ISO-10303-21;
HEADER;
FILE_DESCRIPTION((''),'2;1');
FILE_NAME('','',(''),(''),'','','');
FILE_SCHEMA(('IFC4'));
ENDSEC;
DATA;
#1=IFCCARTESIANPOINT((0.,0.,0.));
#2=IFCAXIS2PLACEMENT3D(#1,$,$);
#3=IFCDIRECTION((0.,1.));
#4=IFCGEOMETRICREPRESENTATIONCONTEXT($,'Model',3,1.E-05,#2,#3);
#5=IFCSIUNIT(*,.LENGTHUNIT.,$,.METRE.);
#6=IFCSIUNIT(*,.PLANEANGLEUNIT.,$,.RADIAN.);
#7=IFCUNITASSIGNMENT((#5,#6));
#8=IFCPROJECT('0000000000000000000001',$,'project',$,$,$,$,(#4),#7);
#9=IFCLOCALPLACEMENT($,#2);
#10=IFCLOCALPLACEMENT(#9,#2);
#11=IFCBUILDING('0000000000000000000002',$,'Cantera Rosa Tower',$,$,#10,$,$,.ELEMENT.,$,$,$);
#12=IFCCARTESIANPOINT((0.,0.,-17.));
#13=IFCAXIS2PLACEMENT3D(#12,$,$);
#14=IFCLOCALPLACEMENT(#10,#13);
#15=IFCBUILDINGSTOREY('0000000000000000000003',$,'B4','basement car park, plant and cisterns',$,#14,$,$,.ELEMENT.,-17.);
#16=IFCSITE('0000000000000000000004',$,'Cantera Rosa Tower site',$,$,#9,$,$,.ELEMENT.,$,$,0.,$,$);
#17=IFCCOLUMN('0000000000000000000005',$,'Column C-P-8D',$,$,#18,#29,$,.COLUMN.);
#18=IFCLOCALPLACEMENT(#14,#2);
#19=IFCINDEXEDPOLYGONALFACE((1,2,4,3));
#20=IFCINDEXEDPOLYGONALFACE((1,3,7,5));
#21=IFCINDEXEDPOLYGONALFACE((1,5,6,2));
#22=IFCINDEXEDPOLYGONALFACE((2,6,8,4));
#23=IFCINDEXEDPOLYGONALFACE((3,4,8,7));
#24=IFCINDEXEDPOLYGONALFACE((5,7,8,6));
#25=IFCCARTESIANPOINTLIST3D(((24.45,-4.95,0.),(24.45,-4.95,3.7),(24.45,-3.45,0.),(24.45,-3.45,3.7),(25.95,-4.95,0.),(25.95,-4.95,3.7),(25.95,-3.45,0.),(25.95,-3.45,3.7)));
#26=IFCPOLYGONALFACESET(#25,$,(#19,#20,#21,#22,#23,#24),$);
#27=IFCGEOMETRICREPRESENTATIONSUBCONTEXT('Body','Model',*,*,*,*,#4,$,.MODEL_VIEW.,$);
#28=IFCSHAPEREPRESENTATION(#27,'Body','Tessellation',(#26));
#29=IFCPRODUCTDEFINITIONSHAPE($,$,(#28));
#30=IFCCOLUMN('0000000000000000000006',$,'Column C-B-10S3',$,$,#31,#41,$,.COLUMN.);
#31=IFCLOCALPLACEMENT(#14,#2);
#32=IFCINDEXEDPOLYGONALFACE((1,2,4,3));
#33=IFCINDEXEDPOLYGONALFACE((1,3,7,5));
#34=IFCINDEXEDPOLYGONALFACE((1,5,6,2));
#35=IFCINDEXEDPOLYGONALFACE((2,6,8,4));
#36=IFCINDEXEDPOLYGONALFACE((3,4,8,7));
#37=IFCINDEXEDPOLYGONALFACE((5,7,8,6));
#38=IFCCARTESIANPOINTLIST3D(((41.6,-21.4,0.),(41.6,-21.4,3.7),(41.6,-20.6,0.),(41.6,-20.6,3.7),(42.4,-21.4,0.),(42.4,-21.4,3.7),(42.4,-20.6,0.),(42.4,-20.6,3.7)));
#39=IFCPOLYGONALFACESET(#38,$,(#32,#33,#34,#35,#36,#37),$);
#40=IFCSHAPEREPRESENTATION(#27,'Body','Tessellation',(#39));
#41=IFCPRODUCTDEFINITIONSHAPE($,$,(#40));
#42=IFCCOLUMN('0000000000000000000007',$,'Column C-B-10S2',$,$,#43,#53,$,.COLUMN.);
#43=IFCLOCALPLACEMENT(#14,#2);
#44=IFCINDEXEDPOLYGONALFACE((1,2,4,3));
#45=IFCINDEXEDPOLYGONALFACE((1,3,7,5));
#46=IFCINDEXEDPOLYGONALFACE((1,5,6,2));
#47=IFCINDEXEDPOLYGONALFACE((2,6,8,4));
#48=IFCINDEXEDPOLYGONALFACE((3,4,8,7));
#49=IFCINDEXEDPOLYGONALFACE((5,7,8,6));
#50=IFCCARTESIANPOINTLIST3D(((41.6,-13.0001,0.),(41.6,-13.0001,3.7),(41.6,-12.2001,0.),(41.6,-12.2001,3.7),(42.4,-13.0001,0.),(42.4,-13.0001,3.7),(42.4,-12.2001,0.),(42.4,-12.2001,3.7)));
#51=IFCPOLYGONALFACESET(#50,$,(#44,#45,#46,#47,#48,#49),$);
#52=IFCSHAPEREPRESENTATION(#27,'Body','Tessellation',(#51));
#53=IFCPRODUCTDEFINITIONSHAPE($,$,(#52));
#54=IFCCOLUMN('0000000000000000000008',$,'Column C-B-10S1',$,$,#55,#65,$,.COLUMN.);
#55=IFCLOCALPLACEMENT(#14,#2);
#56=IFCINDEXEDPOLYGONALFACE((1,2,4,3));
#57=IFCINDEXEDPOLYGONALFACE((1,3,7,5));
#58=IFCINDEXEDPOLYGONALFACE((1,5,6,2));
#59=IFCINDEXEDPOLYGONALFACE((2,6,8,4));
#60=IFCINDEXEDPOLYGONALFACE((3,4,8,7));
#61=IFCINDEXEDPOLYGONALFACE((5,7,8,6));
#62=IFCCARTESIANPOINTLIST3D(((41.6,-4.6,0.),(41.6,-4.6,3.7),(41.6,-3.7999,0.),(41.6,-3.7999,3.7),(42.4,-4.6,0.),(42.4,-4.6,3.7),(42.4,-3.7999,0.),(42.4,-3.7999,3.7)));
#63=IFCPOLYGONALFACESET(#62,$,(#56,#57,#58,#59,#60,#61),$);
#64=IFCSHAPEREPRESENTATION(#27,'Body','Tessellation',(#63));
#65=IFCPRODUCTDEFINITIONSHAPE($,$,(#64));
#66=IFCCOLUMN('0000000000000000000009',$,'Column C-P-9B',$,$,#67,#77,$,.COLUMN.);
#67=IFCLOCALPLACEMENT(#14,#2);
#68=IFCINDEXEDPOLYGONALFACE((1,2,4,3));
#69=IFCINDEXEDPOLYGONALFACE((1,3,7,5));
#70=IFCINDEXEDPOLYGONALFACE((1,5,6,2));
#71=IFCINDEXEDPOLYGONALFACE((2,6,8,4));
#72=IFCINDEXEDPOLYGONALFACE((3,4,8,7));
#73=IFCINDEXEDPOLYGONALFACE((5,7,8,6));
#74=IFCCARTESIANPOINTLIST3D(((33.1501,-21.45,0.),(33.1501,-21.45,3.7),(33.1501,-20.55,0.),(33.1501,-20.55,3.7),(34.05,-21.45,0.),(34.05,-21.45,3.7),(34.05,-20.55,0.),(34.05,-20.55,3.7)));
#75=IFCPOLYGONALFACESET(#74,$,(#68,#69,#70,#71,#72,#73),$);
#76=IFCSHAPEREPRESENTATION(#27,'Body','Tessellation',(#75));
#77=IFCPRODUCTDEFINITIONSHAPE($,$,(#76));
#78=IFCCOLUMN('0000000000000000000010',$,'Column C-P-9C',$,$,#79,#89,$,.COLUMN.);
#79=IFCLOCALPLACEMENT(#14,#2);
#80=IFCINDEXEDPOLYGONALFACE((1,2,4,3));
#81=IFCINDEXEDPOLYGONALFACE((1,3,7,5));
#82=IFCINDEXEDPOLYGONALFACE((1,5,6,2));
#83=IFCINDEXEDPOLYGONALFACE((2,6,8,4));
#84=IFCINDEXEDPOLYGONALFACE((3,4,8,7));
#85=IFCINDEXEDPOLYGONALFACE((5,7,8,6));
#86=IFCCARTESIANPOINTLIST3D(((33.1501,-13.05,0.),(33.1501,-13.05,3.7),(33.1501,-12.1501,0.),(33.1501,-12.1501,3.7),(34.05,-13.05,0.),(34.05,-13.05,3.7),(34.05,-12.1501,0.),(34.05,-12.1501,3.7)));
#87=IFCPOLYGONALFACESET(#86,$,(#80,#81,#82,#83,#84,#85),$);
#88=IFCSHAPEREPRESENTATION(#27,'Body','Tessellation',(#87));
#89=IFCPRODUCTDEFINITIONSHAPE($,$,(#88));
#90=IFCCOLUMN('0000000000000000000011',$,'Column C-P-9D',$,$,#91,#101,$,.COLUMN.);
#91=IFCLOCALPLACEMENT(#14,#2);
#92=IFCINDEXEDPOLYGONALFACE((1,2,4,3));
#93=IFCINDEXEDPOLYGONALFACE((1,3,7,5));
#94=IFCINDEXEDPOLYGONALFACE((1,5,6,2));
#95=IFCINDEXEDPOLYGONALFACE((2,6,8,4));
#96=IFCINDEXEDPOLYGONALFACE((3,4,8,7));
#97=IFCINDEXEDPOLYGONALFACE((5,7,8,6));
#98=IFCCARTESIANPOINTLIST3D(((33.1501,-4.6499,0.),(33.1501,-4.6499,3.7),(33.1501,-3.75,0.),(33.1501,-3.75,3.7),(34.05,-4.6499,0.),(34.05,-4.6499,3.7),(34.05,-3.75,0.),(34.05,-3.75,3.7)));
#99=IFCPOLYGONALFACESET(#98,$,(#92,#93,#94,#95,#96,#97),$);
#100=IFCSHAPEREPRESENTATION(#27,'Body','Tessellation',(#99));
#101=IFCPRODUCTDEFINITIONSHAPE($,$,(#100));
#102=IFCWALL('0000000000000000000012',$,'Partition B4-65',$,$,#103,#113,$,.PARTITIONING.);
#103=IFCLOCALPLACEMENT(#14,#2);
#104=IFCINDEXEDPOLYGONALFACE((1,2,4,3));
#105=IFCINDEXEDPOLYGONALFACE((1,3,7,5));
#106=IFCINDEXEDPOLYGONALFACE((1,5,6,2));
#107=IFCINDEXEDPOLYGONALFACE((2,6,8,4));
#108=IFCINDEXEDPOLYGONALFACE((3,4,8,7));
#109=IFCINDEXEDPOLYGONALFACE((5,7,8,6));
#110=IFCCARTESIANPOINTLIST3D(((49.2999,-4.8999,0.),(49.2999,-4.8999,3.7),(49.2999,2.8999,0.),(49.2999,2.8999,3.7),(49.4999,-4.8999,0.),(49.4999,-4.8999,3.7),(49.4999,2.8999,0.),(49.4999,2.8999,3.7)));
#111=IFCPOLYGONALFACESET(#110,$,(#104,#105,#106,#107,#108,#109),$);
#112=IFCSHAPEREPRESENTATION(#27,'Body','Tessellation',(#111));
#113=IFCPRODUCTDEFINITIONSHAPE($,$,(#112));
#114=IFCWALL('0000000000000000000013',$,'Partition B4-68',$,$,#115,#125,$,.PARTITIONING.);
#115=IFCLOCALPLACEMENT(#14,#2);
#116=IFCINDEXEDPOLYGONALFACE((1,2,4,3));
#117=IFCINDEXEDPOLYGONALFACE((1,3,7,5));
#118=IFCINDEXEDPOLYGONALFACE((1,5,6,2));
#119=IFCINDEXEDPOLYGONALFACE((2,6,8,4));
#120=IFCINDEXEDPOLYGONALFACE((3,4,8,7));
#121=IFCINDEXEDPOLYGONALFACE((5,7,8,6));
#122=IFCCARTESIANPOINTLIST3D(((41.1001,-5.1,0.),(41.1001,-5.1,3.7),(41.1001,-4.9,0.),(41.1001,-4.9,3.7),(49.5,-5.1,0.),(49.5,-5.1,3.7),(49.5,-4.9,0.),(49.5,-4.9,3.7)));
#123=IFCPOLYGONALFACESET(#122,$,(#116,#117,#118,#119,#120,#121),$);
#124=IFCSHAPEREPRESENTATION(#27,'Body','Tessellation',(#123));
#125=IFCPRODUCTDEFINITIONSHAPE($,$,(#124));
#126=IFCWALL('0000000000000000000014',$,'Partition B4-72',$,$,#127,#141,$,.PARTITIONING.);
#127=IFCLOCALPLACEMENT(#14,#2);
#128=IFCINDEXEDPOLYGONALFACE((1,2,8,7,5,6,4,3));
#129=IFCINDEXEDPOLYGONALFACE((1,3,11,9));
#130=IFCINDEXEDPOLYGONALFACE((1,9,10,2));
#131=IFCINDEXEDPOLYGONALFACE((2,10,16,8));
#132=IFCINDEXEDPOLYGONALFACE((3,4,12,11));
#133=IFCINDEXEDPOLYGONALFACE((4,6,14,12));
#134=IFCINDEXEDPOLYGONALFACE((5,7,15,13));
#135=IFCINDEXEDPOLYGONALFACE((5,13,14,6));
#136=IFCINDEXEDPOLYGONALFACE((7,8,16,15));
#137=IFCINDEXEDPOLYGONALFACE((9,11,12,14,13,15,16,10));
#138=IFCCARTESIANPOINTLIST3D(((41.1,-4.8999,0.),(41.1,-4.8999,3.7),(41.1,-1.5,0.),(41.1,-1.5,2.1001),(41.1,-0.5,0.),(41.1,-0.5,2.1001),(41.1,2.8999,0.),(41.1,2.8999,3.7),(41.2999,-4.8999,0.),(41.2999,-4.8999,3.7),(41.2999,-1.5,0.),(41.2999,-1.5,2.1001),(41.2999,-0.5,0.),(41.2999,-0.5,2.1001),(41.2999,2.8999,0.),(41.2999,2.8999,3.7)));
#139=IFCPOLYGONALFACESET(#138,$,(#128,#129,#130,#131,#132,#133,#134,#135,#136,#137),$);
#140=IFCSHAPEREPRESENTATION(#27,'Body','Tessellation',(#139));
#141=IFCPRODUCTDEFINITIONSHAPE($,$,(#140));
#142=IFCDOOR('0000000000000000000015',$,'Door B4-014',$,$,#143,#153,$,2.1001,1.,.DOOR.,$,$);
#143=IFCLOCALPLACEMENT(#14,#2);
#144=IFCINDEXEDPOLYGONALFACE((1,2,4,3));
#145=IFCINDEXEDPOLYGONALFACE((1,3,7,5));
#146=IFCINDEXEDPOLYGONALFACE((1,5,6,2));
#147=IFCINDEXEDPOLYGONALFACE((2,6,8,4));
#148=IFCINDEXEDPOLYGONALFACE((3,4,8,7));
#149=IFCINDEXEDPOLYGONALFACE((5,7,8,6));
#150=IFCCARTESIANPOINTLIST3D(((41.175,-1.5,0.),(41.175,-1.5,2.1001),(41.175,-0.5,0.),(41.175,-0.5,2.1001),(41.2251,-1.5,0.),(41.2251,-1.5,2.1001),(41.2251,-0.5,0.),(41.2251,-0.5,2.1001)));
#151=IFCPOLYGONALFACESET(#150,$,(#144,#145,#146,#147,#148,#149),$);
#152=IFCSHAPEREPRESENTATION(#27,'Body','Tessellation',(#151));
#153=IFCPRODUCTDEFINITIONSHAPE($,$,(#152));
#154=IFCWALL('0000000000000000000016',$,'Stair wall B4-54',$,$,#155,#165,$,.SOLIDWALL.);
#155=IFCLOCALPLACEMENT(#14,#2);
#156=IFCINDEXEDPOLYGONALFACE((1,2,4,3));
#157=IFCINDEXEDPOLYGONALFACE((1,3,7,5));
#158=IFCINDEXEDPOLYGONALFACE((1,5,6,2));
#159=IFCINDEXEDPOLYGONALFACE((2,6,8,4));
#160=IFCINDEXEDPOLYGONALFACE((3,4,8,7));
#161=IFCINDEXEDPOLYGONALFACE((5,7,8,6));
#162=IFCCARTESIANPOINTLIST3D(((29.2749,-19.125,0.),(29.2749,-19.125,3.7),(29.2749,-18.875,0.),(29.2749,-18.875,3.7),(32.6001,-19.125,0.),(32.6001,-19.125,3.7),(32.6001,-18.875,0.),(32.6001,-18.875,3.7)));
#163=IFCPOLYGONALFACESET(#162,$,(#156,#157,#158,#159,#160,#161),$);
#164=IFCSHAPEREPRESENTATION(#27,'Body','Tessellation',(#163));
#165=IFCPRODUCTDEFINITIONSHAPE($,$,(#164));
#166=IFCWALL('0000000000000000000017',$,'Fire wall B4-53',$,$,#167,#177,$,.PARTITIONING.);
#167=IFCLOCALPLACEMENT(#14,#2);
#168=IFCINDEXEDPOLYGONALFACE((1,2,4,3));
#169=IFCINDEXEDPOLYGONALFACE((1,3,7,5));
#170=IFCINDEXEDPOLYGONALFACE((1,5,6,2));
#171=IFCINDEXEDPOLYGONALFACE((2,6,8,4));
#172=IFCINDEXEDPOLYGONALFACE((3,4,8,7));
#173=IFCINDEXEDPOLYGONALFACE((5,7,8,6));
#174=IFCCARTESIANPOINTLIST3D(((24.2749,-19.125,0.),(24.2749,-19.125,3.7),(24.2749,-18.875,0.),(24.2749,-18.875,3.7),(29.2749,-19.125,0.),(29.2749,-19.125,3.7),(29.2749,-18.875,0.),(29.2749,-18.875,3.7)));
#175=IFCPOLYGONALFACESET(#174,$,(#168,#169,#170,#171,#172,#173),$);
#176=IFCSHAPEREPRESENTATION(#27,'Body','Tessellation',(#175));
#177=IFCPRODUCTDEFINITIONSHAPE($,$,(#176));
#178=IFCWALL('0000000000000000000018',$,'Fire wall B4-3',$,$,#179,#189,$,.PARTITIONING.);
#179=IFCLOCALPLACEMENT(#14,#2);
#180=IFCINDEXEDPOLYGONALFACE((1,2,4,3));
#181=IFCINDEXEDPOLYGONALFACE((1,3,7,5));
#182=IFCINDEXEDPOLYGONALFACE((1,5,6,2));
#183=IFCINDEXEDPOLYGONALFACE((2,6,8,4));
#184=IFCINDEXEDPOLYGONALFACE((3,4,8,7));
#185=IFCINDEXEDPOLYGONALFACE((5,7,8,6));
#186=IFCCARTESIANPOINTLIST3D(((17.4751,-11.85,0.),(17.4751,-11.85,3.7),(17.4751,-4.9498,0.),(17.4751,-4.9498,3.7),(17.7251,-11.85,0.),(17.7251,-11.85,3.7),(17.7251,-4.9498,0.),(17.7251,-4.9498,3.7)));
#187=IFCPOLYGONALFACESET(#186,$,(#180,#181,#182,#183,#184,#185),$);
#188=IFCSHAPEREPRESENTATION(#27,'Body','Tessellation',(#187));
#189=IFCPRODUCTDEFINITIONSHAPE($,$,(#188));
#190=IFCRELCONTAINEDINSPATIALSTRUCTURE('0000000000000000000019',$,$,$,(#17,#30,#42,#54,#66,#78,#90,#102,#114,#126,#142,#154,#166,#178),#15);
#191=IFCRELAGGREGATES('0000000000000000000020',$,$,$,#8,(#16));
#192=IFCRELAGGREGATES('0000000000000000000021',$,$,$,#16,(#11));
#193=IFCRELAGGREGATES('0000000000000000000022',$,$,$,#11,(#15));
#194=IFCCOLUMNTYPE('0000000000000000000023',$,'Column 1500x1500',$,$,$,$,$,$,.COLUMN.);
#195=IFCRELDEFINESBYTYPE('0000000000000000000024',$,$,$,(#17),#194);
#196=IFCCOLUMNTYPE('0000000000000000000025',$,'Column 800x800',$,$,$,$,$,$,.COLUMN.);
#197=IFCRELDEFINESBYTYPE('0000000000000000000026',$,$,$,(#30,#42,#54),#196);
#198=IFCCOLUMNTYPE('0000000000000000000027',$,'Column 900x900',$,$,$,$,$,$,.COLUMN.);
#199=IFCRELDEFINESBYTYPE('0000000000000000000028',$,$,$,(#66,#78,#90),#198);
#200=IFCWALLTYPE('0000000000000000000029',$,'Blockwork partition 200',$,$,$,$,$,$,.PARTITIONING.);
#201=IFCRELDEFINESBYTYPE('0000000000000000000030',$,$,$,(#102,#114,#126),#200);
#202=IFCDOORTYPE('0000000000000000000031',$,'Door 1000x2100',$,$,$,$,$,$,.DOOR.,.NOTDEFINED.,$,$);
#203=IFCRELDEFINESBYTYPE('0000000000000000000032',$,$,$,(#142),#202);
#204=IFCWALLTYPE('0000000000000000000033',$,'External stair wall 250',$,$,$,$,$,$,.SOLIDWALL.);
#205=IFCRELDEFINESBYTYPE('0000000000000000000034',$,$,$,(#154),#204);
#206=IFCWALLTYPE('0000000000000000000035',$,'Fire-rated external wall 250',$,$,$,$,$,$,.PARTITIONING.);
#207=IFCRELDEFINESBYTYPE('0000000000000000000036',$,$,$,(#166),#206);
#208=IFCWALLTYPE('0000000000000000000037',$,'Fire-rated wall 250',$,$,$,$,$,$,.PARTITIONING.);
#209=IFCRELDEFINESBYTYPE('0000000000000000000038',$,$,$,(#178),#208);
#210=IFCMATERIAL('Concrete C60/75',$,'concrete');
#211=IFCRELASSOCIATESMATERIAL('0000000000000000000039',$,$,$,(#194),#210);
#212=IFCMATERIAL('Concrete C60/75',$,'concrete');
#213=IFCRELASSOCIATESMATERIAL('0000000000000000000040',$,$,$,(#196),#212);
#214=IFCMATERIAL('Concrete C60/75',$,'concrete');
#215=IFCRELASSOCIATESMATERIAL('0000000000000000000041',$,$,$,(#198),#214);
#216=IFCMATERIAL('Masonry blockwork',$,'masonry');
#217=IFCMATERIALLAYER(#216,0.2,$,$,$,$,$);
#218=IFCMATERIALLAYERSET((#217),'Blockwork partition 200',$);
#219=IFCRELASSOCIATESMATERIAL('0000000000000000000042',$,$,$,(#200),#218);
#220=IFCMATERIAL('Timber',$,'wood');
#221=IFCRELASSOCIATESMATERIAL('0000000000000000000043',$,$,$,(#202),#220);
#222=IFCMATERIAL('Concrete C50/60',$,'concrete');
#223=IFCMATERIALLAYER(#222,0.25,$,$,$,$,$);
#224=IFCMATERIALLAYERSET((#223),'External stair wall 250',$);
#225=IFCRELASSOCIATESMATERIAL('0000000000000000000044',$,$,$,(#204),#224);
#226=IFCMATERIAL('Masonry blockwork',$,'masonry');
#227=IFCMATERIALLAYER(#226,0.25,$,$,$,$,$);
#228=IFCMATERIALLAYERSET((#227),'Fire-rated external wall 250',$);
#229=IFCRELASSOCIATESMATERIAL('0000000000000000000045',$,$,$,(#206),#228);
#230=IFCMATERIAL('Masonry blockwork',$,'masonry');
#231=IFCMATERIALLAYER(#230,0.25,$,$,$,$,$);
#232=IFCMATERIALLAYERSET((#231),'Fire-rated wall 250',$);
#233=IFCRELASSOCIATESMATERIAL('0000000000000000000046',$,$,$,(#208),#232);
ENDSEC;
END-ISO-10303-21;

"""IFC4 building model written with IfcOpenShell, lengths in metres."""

from ifc_helpers import new_model, si_unit, direction, frame, frame_2d, origin, origin_2d, place, context, subcontext, project, spatial, rectangle, extrude, material, layer, layer_set, material_profile, profile_set, type_object, element, fill, save


model = new_model("IFC4")

# Units and contexts
model_context = context("Model", 3, precision=1e-05, world=origin(), true_north=direction((0.0, 1.0)))
body_context = subcontext(model_context, "Body", "Model", "MODEL_VIEW")
ifc_project = project(units=[si_unit("LENGTHUNIT", "METRE"), si_unit("PLANEANGLEUNIT", "RADIAN")], contexts=[model_context])

# Site, building, storey
site_placement = place(None, origin())
site = spatial("IfcSite", under=ifc_project, at=site_placement, Name="Cantera Rosa Tower site", CompositionType="ELEMENT", RefElevation=0.0)
building_placement = place(site_placement, origin())
building = spatial("IfcBuilding", under=site, at=building_placement, Name="Cantera Rosa Tower", CompositionType="ELEMENT")
storey_placement = place(building_placement, frame((0.0, 0.0, -17.0)))
storey = spatial("IfcBuildingStorey", under=building, at=storey_placement, Name="B4", Description="basement car park, plant and cisterns", CompositionType="ELEMENT", Elevation=-17.0)

# Columns
ifc_material_1 = material(Name="Concrete C60/75", Category="concrete")
ifc_material_profile_1 = material_profile(ifc_material_1, rectangle(XDim=1.5, YDim=1.5, at=origin_2d()), Name="Column 1500x1500")
ifc_profile_set_1 = profile_set([ifc_material_profile_1], Name="Concrete C60/75")
column_type_1 = type_object("IfcColumnType", Name="Column 1500x1500", PredefinedType="COLUMN", material=ifc_profile_set_1)
for number, where, z_axis, x_axis, name in (
    (1, (25.2, -4.2, 0.0), (0.0, 0.0, 1.0), (1.0, 0.0, 0.0), "Column C-P-8D"),
):
    element("IfcColumn", number, at=place(storey_placement, frame(where, z_axis=z_axis, x_axis=x_axis)), inside=storey, type_object=column_type_1, Name=name, PredefinedType="COLUMN", context=body_context, shape_type="SweptSolid", body=[
        extrude(rectangle(XDim=1.5, YDim=1.5, at=origin_2d()), origin(), (0.0, 0.0, 1.0), 3.7),
    ])
ifc_material_2 = material(Name="Concrete C60/75", Category="concrete")
ifc_material_profile_2 = material_profile(ifc_material_2, rectangle(XDim=0.8, YDim=0.8, at=origin_2d()), Name="Column 800x800")
ifc_profile_set_2 = profile_set([ifc_material_profile_2], Name="Concrete C60/75")
column_type_2 = type_object("IfcColumnType", Name="Column 800x800", PredefinedType="COLUMN", material=ifc_profile_set_2)
for number, where, z_axis, x_axis, name in (
    (2, (42.0, -21.0, 0.0), (0.0, 0.0, 1.0), (1.0, 0.0, 0.0), "Column C-B-10S3"),
    (3, (42.0, -12.6001, 0.0), (0.0, 0.0, 1.0), (1.0, 0.0, 0.0), "Column C-B-10S2"),
    (4, (42.0, -4.2, 0.0), (0.0, 0.0, 1.0), (1.0, 0.0, 0.0), "Column C-B-10S1"),
):
    element("IfcColumn", number, at=place(storey_placement, frame(where, z_axis=z_axis, x_axis=x_axis)), inside=storey, type_object=column_type_2, Name=name, PredefinedType="COLUMN", context=body_context, shape_type="SweptSolid", body=[
        extrude(rectangle(XDim=0.8, YDim=0.8, at=origin_2d()), origin(), (0.0, 0.0, 1.0), 3.7),
    ])
ifc_material_3 = material(Name="Concrete C60/75", Category="concrete")
ifc_material_profile_3 = material_profile(ifc_material_3, rectangle(XDim=0.8999, YDim=0.8999, at=origin_2d()), Name="Column 900x900")
ifc_profile_set_3 = profile_set([ifc_material_profile_3], Name="Concrete C60/75")
column_type_3 = type_object("IfcColumnType", Name="Column 900x900", PredefinedType="COLUMN", material=ifc_profile_set_3)
for number, where, z_axis, x_axis, name in (
    (5, (33.6001, -21.0, 0.0), (0.0, 0.0, 1.0), (1.0, 0.0, 0.0), "Column C-P-9B"),
    (6, (33.6001, -12.6001, 0.0), (0.0, 0.0, 1.0), (1.0, 0.0, 0.0), "Column C-P-9C"),
    (7, (33.6001, -4.2, 0.0), (0.0, 0.0, 1.0), (1.0, 0.0, 0.0), "Column C-P-9D"),
):
    element("IfcColumn", number, at=place(storey_placement, frame(where, z_axis=z_axis, x_axis=x_axis)), inside=storey, type_object=column_type_3, Name=name, PredefinedType="COLUMN", context=body_context, shape_type="SweptSolid", body=[
        extrude(rectangle(XDim=0.8999, YDim=0.8999, at=origin_2d()), origin(), (0.0, 0.0, 1.0), 3.7),
    ])

# Walls
ifc_material_4 = material(Name="Masonry blockwork", Category="masonry")
ifc_layer_1 = layer(ifc_material_4, 0.2)
ifc_layer_set_1 = layer_set([ifc_layer_1], Name="Blockwork partition 200")
wall_type_1 = type_object("IfcWallType", Name="Blockwork partition 200", PredefinedType="PARTITIONING", material=ifc_layer_set_1)
wall_1_placement = place(storey_placement, frame((49.3999, -4.8999, 0.0), z_axis=(0.0, 0.0, 1.0), x_axis=(0.0, 1.0, 0.0)))
element("IfcWall", 8, at=wall_1_placement, inside=storey, type_object=wall_type_1, Name="Partition B4-65", PredefinedType="PARTITIONING", context=body_context, shape_type="SweptSolid", body=[
    extrude(rectangle(XDim=7.7998, YDim=0.2, at=frame_2d((3.8999, 0.0))), origin(), (0.0, 0.0, 1.0), 3.7),
])
wall_2_placement = place(storey_placement, frame((41.1001, -5.0, 0.0), z_axis=(0.0, 0.0, 1.0), x_axis=(1.0, 0.0, 0.0)))
element("IfcWall", 9, at=wall_2_placement, inside=storey, type_object=wall_type_1, Name="Partition B4-68", PredefinedType="PARTITIONING", context=body_context, shape_type="SweptSolid", body=[
    extrude(rectangle(XDim=8.3999, YDim=0.2, at=frame_2d((4.2, 0.0))), origin(), (0.0, 0.0, 1.0), 3.7),
])

# Wall, opening, door
wall_3_placement = place(storey_placement, frame((41.2, -4.8999, 0.0), z_axis=(0.0, 0.0, 1.0), x_axis=(0.0, 1.0, 0.0)))
wall_3 = element("IfcWall", 10, at=wall_3_placement, inside=storey, type_object=wall_type_1, Name="Partition B4-72", PredefinedType="PARTITIONING", context=body_context, shape_type="SweptSolid", body=[
    extrude(rectangle(XDim=7.7998, YDim=0.2, at=frame_2d((3.8999, 0.0))), origin(), (0.0, 0.0, 1.0), 3.7),
])
opening_1_placement = place(wall_3_placement, frame((3.3999, 0.0, 0.0)))
opening_1 = element("IfcOpeningElement", 11, at=opening_1_placement, cuts=wall_3, PredefinedType="OPENING", context=body_context, shape_type="SweptSolid", body=[
    extrude(rectangle(XDim=1.0, YDim=2.1001, at=frame_2d((0.5, 1.05))), frame((0.0, 0.1099, 0.0), z_axis=(0.0, -1.0, 0.0), x_axis=(1.0, 0.0, 0.0)), (0.0, 0.0, 1.0), 0.22),
])
ifc_material_5 = material(Name="Timber", Category="wood")
door_type_1 = type_object("IfcDoorType", Name="Door 1000x2100", OperationType="NOTDEFINED", PredefinedType="DOOR", material=ifc_material_5)
door_1_placement = place(opening_1_placement, origin())
door_1 = element("IfcDoor", 12, at=door_1_placement, inside=storey, type_object=door_type_1, Name="Door B4-014", OverallHeight=2.1001, OverallWidth=1.0, PredefinedType="DOOR", context=body_context, shape_type="SweptSolid", body=[
    extrude(rectangle(XDim=1.0, YDim=2.1001, at=frame_2d((0.5, 1.05))), frame((0.0, 0.0249, 0.0), z_axis=(0.0, -1.0, 0.0), x_axis=(1.0, 0.0, 0.0)), (0.0, 0.0, 1.0), 0.05),
])
fill(opening_1, door_1)

# Walls
ifc_material_6 = material(Name="Concrete C50/60", Category="concrete")
ifc_layer_2 = layer(ifc_material_6, 0.25)
ifc_layer_set_2 = layer_set([ifc_layer_2], Name="External stair wall 250")
wall_type_2 = type_object("IfcWallType", Name="External stair wall 250", PredefinedType="SOLIDWALL", material=ifc_layer_set_2)
wall_4_placement = place(storey_placement, frame((29.2749, -19.0, 0.0), z_axis=(0.0, 0.0, 1.0), x_axis=(1.0, 0.0, 0.0)))
element("IfcWall", 13, at=wall_4_placement, inside=storey, type_object=wall_type_2, Name="Stair wall B4-54", PredefinedType="SOLIDWALL", context=body_context, shape_type="SweptSolid", body=[
    extrude(rectangle(XDim=3.3252, YDim=0.25, at=frame_2d((1.6626, 0.0))), origin(), (0.0, 0.0, 1.0), 3.7),
])
ifc_material_7 = material(Name="Masonry blockwork", Category="masonry")
ifc_layer_3 = layer(ifc_material_7, 0.25)
ifc_layer_set_3 = layer_set([ifc_layer_3], Name="Fire-rated external wall 250")
wall_type_3 = type_object("IfcWallType", Name="Fire-rated external wall 250", PredefinedType="PARTITIONING", material=ifc_layer_set_3)
wall_5_placement = place(storey_placement, frame((24.2749, -19.0, 0.0), z_axis=(0.0, 0.0, 1.0), x_axis=(1.0, 0.0, 0.0)))
element("IfcWall", 14, at=wall_5_placement, inside=storey, type_object=wall_type_3, Name="Fire wall B4-53", PredefinedType="PARTITIONING", context=body_context, shape_type="SweptSolid", body=[
    extrude(rectangle(XDim=5.0, YDim=0.25, at=frame_2d((2.5, 0.0))), origin(), (0.0, 0.0, 1.0), 3.7),
])
ifc_material_8 = material(Name="Masonry blockwork", Category="masonry")
ifc_layer_4 = layer(ifc_material_8, 0.25)
ifc_layer_set_4 = layer_set([ifc_layer_4], Name="Fire-rated wall 250")
wall_type_4 = type_object("IfcWallType", Name="Fire-rated wall 250", PredefinedType="PARTITIONING", material=ifc_layer_set_4)
wall_6_placement = place(storey_placement, frame((17.6001, -11.8501, 0.0), z_axis=(0.0, 0.0, 1.0), x_axis=(0.0, 1.0, 0.0)))
element("IfcWall", 15, at=wall_6_placement, inside=storey, type_object=wall_type_4, Name="Fire wall B4-3", PredefinedType="PARTITIONING", context=body_context, shape_type="SweptSolid", body=[
    extrude(rectangle(XDim=6.9001, YDim=0.25, at=frame_2d((3.4502, 0.0))), origin(), (0.0, 0.0, 1.0), 3.7),
])

save(model, "model.ifc")
